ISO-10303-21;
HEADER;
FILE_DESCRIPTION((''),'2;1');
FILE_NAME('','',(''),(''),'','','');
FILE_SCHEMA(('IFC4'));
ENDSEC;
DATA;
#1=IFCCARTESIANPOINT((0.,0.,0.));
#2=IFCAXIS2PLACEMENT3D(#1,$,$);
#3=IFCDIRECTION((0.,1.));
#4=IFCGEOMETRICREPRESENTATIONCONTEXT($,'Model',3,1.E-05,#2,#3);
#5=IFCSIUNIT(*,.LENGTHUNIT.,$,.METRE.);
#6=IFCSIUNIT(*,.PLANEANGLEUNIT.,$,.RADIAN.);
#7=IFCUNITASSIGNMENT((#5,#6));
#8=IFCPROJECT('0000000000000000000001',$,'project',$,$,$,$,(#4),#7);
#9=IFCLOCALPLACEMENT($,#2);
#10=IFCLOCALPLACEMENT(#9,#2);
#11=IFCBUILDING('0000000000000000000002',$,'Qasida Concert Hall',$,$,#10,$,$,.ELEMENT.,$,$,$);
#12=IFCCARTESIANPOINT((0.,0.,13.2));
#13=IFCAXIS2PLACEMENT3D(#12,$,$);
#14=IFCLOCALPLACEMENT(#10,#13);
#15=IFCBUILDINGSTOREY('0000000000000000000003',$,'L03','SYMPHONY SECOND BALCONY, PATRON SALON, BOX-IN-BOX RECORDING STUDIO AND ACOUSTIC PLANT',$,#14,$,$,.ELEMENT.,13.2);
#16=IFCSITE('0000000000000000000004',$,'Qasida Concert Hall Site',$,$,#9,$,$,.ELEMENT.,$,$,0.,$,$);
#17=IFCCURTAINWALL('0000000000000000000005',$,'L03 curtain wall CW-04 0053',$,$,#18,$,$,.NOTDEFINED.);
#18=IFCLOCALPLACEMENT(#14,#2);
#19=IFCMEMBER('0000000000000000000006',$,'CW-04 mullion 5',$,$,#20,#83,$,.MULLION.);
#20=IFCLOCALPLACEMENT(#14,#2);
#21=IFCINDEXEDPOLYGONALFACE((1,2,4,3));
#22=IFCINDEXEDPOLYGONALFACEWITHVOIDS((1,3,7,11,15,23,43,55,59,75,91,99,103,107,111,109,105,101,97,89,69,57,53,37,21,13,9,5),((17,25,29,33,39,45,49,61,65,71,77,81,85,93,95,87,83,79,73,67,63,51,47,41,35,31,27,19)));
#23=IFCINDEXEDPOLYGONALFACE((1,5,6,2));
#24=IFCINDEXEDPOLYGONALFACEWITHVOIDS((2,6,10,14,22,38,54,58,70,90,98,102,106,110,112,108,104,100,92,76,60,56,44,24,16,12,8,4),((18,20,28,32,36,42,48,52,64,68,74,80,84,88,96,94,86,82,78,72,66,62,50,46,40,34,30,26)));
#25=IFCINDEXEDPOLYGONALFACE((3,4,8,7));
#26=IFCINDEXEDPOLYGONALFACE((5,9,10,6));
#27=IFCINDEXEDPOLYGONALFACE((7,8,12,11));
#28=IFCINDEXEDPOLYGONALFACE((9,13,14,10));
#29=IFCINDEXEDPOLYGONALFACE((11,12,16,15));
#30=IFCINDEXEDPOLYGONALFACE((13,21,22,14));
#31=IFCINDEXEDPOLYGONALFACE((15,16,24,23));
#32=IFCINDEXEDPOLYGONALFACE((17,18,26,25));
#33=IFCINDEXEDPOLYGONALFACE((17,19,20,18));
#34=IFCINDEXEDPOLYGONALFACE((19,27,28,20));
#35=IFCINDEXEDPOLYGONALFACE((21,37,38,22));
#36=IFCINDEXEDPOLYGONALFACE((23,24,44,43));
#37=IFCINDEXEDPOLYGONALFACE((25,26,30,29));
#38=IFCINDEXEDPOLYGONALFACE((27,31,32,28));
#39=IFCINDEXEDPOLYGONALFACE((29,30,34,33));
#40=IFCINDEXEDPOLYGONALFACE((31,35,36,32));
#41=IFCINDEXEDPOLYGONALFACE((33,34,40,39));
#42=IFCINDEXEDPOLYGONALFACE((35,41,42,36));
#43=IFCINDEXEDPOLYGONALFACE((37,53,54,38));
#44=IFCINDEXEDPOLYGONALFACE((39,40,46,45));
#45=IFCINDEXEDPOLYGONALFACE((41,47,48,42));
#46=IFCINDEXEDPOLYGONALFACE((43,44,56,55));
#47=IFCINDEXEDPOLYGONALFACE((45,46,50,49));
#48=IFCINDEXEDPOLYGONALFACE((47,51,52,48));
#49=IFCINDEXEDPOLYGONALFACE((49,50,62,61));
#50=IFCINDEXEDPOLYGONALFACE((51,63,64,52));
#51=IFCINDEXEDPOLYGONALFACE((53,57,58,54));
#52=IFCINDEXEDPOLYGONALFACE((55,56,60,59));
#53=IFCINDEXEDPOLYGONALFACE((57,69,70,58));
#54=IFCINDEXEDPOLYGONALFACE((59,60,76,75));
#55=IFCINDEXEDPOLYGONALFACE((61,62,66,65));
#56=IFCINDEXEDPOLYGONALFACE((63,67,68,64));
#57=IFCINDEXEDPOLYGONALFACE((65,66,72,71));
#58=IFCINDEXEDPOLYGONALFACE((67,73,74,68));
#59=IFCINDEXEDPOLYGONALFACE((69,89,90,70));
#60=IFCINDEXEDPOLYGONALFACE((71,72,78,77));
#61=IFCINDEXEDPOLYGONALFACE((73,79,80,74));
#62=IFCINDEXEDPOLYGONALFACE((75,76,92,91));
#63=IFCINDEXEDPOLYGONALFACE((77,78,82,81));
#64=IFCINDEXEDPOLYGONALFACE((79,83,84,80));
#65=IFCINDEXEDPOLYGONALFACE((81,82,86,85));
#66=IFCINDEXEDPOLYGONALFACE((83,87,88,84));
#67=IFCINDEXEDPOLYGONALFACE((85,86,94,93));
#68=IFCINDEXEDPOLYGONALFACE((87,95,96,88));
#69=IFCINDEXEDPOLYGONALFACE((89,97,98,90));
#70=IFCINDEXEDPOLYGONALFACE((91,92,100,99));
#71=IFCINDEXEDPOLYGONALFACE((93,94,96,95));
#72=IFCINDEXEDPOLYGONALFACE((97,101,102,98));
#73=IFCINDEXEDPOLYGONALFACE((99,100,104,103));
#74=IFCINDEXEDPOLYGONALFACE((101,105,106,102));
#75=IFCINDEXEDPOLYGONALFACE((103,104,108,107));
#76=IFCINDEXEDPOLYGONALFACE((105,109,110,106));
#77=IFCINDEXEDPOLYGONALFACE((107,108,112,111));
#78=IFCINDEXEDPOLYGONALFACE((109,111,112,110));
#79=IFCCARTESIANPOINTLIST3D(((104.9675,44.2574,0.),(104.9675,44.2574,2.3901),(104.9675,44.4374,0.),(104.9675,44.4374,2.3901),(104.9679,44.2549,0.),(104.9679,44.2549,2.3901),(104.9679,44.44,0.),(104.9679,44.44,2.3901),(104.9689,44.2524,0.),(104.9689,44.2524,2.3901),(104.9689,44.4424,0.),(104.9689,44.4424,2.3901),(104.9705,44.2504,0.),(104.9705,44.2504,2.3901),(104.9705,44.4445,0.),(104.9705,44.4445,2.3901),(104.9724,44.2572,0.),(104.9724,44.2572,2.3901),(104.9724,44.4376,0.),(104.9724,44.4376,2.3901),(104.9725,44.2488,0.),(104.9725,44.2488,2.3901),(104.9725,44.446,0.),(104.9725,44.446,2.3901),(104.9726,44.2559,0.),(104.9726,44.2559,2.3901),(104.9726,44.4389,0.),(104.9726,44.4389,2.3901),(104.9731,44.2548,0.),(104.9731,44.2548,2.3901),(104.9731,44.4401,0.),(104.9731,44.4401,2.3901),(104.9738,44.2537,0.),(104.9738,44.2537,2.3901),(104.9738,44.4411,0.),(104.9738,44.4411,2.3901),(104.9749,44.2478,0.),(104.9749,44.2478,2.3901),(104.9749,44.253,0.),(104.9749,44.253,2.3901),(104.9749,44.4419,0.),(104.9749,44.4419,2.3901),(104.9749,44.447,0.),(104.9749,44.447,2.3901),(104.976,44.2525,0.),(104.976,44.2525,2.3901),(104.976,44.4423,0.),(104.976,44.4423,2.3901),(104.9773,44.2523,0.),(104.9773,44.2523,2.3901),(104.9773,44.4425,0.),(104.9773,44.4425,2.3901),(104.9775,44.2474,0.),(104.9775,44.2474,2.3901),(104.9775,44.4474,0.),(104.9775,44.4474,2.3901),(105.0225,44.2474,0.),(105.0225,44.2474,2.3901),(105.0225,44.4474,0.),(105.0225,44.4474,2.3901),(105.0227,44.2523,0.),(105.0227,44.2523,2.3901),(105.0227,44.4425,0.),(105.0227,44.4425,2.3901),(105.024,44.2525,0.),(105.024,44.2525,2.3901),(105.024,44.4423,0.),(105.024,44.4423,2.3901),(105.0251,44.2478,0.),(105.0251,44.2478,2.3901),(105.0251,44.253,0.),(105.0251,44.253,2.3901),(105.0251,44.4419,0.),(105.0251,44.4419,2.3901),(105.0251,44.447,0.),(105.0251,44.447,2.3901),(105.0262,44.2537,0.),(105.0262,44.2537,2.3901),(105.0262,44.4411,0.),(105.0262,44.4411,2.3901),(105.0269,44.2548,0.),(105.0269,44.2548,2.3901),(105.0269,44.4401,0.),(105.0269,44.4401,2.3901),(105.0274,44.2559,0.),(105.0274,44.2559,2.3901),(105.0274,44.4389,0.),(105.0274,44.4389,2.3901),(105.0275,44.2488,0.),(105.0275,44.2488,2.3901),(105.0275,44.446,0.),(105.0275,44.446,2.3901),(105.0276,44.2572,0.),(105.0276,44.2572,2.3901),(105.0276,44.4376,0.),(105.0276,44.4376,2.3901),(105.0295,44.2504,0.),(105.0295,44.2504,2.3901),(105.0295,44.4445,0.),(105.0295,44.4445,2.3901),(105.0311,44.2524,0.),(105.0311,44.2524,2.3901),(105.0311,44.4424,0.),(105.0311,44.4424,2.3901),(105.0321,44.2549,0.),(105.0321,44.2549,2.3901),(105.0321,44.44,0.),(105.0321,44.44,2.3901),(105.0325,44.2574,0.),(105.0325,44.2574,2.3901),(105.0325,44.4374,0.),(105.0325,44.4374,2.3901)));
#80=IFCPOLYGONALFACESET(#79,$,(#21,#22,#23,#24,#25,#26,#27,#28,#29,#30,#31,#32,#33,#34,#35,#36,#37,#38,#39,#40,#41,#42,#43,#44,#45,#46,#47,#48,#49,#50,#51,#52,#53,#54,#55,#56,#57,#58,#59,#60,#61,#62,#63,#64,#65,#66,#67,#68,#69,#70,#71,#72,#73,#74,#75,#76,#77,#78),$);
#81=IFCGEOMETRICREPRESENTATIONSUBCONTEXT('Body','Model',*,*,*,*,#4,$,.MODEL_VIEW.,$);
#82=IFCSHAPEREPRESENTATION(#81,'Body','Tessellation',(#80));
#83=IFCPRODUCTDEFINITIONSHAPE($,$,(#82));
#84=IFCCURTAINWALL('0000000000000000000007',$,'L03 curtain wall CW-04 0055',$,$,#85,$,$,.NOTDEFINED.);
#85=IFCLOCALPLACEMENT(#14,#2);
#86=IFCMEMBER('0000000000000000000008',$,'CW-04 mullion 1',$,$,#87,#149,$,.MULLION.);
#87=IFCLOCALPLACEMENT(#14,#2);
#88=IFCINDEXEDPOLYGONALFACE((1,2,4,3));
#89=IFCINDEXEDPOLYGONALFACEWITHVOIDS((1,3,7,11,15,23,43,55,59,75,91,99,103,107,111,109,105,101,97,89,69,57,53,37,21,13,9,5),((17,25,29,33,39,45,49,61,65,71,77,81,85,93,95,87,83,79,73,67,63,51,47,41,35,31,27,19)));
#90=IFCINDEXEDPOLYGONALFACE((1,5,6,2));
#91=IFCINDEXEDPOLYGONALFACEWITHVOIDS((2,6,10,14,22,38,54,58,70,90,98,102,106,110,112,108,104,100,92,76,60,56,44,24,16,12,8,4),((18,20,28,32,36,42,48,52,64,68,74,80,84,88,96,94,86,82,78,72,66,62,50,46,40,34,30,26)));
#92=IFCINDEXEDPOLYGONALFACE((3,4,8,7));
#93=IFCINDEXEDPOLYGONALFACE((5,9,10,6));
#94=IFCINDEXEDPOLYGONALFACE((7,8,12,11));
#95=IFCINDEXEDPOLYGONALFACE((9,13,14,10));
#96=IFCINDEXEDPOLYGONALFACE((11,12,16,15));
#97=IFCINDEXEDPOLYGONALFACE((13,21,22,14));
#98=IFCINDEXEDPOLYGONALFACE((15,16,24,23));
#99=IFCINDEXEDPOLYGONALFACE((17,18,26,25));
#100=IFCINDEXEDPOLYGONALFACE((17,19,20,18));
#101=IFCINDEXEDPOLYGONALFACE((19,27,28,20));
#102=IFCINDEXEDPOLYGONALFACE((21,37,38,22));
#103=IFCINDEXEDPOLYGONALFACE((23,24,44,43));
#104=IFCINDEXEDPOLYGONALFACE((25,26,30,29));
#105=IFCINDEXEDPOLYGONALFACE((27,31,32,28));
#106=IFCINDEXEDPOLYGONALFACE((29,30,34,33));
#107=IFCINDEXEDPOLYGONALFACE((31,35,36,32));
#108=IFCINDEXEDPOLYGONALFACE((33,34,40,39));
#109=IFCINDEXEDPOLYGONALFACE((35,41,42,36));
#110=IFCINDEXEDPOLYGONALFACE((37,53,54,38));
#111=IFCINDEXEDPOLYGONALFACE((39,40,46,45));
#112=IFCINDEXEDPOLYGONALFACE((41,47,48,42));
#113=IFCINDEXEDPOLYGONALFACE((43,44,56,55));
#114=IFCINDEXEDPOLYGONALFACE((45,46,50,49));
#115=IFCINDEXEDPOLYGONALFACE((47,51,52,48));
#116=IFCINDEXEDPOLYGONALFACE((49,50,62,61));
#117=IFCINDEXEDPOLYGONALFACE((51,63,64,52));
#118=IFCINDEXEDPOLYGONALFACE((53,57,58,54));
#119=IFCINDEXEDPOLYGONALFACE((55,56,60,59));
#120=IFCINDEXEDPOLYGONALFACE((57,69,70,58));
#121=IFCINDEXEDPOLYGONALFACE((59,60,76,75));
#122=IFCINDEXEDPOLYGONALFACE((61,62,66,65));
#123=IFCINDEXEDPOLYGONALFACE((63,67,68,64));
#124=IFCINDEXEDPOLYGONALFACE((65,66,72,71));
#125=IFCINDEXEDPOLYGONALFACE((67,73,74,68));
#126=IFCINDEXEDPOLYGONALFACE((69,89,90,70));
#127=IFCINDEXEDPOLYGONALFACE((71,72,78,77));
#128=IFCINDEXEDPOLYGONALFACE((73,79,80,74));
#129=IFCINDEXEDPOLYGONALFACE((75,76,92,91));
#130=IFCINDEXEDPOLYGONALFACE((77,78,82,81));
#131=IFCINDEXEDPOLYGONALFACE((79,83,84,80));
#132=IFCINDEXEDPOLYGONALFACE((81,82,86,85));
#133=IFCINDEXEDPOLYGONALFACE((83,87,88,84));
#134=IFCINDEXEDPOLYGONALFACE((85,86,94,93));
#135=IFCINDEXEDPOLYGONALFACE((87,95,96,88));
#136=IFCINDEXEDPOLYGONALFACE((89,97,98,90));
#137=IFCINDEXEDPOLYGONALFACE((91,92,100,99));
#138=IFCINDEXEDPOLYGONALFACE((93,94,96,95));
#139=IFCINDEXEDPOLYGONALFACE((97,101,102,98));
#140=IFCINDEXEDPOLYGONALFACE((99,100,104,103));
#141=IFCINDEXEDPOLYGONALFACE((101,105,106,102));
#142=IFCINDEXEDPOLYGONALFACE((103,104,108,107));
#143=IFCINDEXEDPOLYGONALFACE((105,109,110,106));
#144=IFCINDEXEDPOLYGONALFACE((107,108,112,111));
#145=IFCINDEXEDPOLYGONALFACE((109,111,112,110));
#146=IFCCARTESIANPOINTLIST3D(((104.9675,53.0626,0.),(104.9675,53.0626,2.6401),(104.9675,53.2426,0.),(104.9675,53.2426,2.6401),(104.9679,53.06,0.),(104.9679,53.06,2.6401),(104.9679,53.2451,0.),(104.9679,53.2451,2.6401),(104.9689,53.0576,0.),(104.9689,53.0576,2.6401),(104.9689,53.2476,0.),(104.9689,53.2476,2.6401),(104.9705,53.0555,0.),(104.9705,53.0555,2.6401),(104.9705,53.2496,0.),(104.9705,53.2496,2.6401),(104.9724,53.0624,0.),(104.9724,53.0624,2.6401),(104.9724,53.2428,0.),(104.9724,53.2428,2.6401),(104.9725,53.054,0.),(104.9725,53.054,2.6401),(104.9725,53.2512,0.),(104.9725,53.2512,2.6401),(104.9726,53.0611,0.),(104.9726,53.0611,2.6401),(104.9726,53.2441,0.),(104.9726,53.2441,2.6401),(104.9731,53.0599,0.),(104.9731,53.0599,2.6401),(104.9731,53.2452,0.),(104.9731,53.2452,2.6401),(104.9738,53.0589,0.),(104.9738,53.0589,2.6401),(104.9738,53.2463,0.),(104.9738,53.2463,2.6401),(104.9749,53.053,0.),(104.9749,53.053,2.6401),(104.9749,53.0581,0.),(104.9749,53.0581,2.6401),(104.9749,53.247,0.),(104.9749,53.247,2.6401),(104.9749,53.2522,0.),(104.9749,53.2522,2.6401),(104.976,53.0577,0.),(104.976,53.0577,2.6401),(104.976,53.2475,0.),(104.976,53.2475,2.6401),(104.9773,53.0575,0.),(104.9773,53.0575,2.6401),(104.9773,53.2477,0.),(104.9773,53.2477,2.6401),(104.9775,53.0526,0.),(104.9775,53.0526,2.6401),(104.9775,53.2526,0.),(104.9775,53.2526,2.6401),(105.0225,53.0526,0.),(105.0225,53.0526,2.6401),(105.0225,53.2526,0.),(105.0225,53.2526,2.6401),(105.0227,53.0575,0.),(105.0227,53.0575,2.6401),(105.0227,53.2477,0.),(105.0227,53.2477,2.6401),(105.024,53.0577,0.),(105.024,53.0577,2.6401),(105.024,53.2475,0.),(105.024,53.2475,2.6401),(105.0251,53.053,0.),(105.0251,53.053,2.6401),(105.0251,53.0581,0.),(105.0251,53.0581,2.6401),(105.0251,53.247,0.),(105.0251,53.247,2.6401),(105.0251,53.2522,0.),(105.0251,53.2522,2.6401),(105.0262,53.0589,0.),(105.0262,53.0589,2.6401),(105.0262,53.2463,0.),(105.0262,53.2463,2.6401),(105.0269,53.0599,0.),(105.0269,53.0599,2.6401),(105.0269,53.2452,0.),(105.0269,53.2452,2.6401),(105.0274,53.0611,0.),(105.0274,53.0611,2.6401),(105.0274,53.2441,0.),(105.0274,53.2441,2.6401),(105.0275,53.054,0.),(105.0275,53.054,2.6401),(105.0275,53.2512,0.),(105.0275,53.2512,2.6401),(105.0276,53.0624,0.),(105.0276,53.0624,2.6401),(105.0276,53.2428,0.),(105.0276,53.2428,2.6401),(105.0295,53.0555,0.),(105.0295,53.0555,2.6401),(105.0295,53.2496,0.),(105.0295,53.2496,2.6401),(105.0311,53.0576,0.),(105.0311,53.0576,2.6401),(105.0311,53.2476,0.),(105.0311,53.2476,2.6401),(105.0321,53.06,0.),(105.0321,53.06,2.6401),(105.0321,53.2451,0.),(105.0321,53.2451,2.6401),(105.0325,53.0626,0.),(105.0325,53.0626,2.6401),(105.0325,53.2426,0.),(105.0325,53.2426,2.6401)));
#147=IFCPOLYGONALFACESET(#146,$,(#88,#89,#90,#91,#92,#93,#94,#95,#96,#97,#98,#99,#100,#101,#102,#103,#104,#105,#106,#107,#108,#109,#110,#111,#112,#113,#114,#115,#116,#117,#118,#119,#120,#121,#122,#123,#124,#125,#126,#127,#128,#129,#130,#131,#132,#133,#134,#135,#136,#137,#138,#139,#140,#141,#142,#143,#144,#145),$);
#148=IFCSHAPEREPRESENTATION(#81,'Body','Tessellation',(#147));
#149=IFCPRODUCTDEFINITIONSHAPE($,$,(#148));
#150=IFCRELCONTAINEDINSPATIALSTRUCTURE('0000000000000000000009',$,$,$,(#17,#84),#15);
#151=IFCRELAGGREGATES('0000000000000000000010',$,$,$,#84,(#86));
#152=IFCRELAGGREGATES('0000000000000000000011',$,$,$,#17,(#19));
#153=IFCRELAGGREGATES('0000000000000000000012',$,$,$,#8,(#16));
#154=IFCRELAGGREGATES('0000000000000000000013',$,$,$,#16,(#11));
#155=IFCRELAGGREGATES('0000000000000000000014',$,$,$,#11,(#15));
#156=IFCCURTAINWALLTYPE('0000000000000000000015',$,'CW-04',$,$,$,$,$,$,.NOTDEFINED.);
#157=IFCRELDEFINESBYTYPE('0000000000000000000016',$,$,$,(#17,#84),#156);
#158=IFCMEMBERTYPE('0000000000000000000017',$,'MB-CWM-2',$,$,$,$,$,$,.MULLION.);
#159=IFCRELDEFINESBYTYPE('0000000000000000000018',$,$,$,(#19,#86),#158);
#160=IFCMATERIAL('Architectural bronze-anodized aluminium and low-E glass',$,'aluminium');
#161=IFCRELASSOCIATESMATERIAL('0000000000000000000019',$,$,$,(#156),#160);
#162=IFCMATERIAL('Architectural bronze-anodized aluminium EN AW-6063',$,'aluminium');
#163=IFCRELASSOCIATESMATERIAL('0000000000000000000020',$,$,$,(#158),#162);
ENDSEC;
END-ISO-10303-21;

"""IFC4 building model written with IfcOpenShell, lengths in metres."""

from ifc_helpers import new_model, si_unit, direction, frame, origin, origin_2d, place, context, subcontext, project, spatial, hollow_rectangle, extrude, material, material_profile, profile_set, type_object, element, aggregate, save


model = new_model("IFC4")

# Units and contexts
model_context = context("Model", 3, precision=1e-05, world=origin(), true_north=direction((0.0, 1.0)))
body_context = subcontext(model_context, "Body", "Model", "MODEL_VIEW")
ifc_project = project(units=[si_unit("LENGTHUNIT", "METRE"), si_unit("PLANEANGLEUNIT", "RADIAN")], contexts=[model_context])

# Site, building, storey
site_placement = place(None, origin())
site = spatial("IfcSite", under=ifc_project, at=site_placement, Name="Qasida Concert Hall Site", CompositionType="ELEMENT", RefElevation=0.0)
building_placement = place(site_placement, origin())
building = spatial("IfcBuilding", under=site, at=building_placement, Name="Qasida Concert Hall", CompositionType="ELEMENT")
storey_placement = place(building_placement, frame((0.0, 0.0, 13.2)))
storey = spatial("IfcBuildingStorey", under=building, at=storey_placement, Name="L03", Description="SYMPHONY SECOND BALCONY, PATRON SALON, BOX-IN-BOX RECORDING STUDIO AND ACOUSTIC PLANT", CompositionType="ELEMENT", Elevation=13.2)

# Curtain wall, member
ifc_material_1 = material(Name="Architectural bronze-anodized aluminium and low-E glass", Category="aluminium")
curtain_wall_type = type_object("IfcCurtainWallType", Name="CW-04", PredefinedType="NOTDEFINED", material=ifc_material_1)
curtain_wall_1_placement = place(storey_placement, origin())
curtain_wall_1 = element("IfcCurtainWall", 1, at=curtain_wall_1_placement, inside=storey, type_object=curtain_wall_type, Name="L03 curtain wall CW-04 0053", PredefinedType="NOTDEFINED")
ifc_material_2 = material(Name="Architectural bronze-anodized aluminium EN AW-6063", Category="aluminium")
ifc_material_profile_1 = material_profile(ifc_material_2, hollow_rectangle(XDim=0.0649, YDim=0.2, WallThickness=0.0049, InnerFilletRadius=0.0049, OuterFilletRadius=0.01, at=origin_2d()), Name="CWM 200x65x5")
ifc_profile_set_1 = profile_set([ifc_material_profile_1], Name="Architectural bronze-anodized aluminium EN AW-6063")
member_type_1 = type_object("IfcMemberType", Name="MB-CWM-2", PredefinedType="MULLION", material=ifc_profile_set_1)
member_1_placement = place(storey_placement, frame((105.0, 44.3474, 0.0), z_axis=(0.0, 0.0, 1.0), x_axis=(-1.0, 0.0, 0.0)))
member_1 = element("IfcMember", 2, at=member_1_placement, type_object=member_type_1, Name="CW-04 mullion 5", PredefinedType="MULLION", context=body_context, shape_type="SweptSolid", body=[
    extrude(hollow_rectangle(XDim=0.0649, YDim=0.2, WallThickness=0.0049, InnerFilletRadius=0.0049, OuterFilletRadius=0.01, at=origin_2d()), origin(), (0.0, 0.0, 1.0), 2.3901),
])

# Curtain wall, member
curtain_wall_2_placement = place(storey_placement, origin())
curtain_wall_2 = element("IfcCurtainWall", 3, at=curtain_wall_2_placement, inside=storey, type_object=curtain_wall_type, Name="L03 curtain wall CW-04 0055", PredefinedType="NOTDEFINED")
member_2_placement = place(storey_placement, frame((105.0, 53.1526, 0.0), z_axis=(0.0, 0.0, 1.0), x_axis=(-1.0, 0.0, 0.0)))
member_2 = element("IfcMember", 4, at=member_2_placement, type_object=member_type_1, Name="CW-04 mullion 1", PredefinedType="MULLION", context=body_context, shape_type="SweptSolid", body=[
    extrude(hollow_rectangle(XDim=0.0649, YDim=0.2, WallThickness=0.0049, InnerFilletRadius=0.0049, OuterFilletRadius=0.01, at=origin_2d()), origin(), (0.0, 0.0, 1.0), 2.6401),
])

aggregate(curtain_wall_2, [member_2])

aggregate(curtain_wall_1, [member_1])

save(model, "model.ifc")
